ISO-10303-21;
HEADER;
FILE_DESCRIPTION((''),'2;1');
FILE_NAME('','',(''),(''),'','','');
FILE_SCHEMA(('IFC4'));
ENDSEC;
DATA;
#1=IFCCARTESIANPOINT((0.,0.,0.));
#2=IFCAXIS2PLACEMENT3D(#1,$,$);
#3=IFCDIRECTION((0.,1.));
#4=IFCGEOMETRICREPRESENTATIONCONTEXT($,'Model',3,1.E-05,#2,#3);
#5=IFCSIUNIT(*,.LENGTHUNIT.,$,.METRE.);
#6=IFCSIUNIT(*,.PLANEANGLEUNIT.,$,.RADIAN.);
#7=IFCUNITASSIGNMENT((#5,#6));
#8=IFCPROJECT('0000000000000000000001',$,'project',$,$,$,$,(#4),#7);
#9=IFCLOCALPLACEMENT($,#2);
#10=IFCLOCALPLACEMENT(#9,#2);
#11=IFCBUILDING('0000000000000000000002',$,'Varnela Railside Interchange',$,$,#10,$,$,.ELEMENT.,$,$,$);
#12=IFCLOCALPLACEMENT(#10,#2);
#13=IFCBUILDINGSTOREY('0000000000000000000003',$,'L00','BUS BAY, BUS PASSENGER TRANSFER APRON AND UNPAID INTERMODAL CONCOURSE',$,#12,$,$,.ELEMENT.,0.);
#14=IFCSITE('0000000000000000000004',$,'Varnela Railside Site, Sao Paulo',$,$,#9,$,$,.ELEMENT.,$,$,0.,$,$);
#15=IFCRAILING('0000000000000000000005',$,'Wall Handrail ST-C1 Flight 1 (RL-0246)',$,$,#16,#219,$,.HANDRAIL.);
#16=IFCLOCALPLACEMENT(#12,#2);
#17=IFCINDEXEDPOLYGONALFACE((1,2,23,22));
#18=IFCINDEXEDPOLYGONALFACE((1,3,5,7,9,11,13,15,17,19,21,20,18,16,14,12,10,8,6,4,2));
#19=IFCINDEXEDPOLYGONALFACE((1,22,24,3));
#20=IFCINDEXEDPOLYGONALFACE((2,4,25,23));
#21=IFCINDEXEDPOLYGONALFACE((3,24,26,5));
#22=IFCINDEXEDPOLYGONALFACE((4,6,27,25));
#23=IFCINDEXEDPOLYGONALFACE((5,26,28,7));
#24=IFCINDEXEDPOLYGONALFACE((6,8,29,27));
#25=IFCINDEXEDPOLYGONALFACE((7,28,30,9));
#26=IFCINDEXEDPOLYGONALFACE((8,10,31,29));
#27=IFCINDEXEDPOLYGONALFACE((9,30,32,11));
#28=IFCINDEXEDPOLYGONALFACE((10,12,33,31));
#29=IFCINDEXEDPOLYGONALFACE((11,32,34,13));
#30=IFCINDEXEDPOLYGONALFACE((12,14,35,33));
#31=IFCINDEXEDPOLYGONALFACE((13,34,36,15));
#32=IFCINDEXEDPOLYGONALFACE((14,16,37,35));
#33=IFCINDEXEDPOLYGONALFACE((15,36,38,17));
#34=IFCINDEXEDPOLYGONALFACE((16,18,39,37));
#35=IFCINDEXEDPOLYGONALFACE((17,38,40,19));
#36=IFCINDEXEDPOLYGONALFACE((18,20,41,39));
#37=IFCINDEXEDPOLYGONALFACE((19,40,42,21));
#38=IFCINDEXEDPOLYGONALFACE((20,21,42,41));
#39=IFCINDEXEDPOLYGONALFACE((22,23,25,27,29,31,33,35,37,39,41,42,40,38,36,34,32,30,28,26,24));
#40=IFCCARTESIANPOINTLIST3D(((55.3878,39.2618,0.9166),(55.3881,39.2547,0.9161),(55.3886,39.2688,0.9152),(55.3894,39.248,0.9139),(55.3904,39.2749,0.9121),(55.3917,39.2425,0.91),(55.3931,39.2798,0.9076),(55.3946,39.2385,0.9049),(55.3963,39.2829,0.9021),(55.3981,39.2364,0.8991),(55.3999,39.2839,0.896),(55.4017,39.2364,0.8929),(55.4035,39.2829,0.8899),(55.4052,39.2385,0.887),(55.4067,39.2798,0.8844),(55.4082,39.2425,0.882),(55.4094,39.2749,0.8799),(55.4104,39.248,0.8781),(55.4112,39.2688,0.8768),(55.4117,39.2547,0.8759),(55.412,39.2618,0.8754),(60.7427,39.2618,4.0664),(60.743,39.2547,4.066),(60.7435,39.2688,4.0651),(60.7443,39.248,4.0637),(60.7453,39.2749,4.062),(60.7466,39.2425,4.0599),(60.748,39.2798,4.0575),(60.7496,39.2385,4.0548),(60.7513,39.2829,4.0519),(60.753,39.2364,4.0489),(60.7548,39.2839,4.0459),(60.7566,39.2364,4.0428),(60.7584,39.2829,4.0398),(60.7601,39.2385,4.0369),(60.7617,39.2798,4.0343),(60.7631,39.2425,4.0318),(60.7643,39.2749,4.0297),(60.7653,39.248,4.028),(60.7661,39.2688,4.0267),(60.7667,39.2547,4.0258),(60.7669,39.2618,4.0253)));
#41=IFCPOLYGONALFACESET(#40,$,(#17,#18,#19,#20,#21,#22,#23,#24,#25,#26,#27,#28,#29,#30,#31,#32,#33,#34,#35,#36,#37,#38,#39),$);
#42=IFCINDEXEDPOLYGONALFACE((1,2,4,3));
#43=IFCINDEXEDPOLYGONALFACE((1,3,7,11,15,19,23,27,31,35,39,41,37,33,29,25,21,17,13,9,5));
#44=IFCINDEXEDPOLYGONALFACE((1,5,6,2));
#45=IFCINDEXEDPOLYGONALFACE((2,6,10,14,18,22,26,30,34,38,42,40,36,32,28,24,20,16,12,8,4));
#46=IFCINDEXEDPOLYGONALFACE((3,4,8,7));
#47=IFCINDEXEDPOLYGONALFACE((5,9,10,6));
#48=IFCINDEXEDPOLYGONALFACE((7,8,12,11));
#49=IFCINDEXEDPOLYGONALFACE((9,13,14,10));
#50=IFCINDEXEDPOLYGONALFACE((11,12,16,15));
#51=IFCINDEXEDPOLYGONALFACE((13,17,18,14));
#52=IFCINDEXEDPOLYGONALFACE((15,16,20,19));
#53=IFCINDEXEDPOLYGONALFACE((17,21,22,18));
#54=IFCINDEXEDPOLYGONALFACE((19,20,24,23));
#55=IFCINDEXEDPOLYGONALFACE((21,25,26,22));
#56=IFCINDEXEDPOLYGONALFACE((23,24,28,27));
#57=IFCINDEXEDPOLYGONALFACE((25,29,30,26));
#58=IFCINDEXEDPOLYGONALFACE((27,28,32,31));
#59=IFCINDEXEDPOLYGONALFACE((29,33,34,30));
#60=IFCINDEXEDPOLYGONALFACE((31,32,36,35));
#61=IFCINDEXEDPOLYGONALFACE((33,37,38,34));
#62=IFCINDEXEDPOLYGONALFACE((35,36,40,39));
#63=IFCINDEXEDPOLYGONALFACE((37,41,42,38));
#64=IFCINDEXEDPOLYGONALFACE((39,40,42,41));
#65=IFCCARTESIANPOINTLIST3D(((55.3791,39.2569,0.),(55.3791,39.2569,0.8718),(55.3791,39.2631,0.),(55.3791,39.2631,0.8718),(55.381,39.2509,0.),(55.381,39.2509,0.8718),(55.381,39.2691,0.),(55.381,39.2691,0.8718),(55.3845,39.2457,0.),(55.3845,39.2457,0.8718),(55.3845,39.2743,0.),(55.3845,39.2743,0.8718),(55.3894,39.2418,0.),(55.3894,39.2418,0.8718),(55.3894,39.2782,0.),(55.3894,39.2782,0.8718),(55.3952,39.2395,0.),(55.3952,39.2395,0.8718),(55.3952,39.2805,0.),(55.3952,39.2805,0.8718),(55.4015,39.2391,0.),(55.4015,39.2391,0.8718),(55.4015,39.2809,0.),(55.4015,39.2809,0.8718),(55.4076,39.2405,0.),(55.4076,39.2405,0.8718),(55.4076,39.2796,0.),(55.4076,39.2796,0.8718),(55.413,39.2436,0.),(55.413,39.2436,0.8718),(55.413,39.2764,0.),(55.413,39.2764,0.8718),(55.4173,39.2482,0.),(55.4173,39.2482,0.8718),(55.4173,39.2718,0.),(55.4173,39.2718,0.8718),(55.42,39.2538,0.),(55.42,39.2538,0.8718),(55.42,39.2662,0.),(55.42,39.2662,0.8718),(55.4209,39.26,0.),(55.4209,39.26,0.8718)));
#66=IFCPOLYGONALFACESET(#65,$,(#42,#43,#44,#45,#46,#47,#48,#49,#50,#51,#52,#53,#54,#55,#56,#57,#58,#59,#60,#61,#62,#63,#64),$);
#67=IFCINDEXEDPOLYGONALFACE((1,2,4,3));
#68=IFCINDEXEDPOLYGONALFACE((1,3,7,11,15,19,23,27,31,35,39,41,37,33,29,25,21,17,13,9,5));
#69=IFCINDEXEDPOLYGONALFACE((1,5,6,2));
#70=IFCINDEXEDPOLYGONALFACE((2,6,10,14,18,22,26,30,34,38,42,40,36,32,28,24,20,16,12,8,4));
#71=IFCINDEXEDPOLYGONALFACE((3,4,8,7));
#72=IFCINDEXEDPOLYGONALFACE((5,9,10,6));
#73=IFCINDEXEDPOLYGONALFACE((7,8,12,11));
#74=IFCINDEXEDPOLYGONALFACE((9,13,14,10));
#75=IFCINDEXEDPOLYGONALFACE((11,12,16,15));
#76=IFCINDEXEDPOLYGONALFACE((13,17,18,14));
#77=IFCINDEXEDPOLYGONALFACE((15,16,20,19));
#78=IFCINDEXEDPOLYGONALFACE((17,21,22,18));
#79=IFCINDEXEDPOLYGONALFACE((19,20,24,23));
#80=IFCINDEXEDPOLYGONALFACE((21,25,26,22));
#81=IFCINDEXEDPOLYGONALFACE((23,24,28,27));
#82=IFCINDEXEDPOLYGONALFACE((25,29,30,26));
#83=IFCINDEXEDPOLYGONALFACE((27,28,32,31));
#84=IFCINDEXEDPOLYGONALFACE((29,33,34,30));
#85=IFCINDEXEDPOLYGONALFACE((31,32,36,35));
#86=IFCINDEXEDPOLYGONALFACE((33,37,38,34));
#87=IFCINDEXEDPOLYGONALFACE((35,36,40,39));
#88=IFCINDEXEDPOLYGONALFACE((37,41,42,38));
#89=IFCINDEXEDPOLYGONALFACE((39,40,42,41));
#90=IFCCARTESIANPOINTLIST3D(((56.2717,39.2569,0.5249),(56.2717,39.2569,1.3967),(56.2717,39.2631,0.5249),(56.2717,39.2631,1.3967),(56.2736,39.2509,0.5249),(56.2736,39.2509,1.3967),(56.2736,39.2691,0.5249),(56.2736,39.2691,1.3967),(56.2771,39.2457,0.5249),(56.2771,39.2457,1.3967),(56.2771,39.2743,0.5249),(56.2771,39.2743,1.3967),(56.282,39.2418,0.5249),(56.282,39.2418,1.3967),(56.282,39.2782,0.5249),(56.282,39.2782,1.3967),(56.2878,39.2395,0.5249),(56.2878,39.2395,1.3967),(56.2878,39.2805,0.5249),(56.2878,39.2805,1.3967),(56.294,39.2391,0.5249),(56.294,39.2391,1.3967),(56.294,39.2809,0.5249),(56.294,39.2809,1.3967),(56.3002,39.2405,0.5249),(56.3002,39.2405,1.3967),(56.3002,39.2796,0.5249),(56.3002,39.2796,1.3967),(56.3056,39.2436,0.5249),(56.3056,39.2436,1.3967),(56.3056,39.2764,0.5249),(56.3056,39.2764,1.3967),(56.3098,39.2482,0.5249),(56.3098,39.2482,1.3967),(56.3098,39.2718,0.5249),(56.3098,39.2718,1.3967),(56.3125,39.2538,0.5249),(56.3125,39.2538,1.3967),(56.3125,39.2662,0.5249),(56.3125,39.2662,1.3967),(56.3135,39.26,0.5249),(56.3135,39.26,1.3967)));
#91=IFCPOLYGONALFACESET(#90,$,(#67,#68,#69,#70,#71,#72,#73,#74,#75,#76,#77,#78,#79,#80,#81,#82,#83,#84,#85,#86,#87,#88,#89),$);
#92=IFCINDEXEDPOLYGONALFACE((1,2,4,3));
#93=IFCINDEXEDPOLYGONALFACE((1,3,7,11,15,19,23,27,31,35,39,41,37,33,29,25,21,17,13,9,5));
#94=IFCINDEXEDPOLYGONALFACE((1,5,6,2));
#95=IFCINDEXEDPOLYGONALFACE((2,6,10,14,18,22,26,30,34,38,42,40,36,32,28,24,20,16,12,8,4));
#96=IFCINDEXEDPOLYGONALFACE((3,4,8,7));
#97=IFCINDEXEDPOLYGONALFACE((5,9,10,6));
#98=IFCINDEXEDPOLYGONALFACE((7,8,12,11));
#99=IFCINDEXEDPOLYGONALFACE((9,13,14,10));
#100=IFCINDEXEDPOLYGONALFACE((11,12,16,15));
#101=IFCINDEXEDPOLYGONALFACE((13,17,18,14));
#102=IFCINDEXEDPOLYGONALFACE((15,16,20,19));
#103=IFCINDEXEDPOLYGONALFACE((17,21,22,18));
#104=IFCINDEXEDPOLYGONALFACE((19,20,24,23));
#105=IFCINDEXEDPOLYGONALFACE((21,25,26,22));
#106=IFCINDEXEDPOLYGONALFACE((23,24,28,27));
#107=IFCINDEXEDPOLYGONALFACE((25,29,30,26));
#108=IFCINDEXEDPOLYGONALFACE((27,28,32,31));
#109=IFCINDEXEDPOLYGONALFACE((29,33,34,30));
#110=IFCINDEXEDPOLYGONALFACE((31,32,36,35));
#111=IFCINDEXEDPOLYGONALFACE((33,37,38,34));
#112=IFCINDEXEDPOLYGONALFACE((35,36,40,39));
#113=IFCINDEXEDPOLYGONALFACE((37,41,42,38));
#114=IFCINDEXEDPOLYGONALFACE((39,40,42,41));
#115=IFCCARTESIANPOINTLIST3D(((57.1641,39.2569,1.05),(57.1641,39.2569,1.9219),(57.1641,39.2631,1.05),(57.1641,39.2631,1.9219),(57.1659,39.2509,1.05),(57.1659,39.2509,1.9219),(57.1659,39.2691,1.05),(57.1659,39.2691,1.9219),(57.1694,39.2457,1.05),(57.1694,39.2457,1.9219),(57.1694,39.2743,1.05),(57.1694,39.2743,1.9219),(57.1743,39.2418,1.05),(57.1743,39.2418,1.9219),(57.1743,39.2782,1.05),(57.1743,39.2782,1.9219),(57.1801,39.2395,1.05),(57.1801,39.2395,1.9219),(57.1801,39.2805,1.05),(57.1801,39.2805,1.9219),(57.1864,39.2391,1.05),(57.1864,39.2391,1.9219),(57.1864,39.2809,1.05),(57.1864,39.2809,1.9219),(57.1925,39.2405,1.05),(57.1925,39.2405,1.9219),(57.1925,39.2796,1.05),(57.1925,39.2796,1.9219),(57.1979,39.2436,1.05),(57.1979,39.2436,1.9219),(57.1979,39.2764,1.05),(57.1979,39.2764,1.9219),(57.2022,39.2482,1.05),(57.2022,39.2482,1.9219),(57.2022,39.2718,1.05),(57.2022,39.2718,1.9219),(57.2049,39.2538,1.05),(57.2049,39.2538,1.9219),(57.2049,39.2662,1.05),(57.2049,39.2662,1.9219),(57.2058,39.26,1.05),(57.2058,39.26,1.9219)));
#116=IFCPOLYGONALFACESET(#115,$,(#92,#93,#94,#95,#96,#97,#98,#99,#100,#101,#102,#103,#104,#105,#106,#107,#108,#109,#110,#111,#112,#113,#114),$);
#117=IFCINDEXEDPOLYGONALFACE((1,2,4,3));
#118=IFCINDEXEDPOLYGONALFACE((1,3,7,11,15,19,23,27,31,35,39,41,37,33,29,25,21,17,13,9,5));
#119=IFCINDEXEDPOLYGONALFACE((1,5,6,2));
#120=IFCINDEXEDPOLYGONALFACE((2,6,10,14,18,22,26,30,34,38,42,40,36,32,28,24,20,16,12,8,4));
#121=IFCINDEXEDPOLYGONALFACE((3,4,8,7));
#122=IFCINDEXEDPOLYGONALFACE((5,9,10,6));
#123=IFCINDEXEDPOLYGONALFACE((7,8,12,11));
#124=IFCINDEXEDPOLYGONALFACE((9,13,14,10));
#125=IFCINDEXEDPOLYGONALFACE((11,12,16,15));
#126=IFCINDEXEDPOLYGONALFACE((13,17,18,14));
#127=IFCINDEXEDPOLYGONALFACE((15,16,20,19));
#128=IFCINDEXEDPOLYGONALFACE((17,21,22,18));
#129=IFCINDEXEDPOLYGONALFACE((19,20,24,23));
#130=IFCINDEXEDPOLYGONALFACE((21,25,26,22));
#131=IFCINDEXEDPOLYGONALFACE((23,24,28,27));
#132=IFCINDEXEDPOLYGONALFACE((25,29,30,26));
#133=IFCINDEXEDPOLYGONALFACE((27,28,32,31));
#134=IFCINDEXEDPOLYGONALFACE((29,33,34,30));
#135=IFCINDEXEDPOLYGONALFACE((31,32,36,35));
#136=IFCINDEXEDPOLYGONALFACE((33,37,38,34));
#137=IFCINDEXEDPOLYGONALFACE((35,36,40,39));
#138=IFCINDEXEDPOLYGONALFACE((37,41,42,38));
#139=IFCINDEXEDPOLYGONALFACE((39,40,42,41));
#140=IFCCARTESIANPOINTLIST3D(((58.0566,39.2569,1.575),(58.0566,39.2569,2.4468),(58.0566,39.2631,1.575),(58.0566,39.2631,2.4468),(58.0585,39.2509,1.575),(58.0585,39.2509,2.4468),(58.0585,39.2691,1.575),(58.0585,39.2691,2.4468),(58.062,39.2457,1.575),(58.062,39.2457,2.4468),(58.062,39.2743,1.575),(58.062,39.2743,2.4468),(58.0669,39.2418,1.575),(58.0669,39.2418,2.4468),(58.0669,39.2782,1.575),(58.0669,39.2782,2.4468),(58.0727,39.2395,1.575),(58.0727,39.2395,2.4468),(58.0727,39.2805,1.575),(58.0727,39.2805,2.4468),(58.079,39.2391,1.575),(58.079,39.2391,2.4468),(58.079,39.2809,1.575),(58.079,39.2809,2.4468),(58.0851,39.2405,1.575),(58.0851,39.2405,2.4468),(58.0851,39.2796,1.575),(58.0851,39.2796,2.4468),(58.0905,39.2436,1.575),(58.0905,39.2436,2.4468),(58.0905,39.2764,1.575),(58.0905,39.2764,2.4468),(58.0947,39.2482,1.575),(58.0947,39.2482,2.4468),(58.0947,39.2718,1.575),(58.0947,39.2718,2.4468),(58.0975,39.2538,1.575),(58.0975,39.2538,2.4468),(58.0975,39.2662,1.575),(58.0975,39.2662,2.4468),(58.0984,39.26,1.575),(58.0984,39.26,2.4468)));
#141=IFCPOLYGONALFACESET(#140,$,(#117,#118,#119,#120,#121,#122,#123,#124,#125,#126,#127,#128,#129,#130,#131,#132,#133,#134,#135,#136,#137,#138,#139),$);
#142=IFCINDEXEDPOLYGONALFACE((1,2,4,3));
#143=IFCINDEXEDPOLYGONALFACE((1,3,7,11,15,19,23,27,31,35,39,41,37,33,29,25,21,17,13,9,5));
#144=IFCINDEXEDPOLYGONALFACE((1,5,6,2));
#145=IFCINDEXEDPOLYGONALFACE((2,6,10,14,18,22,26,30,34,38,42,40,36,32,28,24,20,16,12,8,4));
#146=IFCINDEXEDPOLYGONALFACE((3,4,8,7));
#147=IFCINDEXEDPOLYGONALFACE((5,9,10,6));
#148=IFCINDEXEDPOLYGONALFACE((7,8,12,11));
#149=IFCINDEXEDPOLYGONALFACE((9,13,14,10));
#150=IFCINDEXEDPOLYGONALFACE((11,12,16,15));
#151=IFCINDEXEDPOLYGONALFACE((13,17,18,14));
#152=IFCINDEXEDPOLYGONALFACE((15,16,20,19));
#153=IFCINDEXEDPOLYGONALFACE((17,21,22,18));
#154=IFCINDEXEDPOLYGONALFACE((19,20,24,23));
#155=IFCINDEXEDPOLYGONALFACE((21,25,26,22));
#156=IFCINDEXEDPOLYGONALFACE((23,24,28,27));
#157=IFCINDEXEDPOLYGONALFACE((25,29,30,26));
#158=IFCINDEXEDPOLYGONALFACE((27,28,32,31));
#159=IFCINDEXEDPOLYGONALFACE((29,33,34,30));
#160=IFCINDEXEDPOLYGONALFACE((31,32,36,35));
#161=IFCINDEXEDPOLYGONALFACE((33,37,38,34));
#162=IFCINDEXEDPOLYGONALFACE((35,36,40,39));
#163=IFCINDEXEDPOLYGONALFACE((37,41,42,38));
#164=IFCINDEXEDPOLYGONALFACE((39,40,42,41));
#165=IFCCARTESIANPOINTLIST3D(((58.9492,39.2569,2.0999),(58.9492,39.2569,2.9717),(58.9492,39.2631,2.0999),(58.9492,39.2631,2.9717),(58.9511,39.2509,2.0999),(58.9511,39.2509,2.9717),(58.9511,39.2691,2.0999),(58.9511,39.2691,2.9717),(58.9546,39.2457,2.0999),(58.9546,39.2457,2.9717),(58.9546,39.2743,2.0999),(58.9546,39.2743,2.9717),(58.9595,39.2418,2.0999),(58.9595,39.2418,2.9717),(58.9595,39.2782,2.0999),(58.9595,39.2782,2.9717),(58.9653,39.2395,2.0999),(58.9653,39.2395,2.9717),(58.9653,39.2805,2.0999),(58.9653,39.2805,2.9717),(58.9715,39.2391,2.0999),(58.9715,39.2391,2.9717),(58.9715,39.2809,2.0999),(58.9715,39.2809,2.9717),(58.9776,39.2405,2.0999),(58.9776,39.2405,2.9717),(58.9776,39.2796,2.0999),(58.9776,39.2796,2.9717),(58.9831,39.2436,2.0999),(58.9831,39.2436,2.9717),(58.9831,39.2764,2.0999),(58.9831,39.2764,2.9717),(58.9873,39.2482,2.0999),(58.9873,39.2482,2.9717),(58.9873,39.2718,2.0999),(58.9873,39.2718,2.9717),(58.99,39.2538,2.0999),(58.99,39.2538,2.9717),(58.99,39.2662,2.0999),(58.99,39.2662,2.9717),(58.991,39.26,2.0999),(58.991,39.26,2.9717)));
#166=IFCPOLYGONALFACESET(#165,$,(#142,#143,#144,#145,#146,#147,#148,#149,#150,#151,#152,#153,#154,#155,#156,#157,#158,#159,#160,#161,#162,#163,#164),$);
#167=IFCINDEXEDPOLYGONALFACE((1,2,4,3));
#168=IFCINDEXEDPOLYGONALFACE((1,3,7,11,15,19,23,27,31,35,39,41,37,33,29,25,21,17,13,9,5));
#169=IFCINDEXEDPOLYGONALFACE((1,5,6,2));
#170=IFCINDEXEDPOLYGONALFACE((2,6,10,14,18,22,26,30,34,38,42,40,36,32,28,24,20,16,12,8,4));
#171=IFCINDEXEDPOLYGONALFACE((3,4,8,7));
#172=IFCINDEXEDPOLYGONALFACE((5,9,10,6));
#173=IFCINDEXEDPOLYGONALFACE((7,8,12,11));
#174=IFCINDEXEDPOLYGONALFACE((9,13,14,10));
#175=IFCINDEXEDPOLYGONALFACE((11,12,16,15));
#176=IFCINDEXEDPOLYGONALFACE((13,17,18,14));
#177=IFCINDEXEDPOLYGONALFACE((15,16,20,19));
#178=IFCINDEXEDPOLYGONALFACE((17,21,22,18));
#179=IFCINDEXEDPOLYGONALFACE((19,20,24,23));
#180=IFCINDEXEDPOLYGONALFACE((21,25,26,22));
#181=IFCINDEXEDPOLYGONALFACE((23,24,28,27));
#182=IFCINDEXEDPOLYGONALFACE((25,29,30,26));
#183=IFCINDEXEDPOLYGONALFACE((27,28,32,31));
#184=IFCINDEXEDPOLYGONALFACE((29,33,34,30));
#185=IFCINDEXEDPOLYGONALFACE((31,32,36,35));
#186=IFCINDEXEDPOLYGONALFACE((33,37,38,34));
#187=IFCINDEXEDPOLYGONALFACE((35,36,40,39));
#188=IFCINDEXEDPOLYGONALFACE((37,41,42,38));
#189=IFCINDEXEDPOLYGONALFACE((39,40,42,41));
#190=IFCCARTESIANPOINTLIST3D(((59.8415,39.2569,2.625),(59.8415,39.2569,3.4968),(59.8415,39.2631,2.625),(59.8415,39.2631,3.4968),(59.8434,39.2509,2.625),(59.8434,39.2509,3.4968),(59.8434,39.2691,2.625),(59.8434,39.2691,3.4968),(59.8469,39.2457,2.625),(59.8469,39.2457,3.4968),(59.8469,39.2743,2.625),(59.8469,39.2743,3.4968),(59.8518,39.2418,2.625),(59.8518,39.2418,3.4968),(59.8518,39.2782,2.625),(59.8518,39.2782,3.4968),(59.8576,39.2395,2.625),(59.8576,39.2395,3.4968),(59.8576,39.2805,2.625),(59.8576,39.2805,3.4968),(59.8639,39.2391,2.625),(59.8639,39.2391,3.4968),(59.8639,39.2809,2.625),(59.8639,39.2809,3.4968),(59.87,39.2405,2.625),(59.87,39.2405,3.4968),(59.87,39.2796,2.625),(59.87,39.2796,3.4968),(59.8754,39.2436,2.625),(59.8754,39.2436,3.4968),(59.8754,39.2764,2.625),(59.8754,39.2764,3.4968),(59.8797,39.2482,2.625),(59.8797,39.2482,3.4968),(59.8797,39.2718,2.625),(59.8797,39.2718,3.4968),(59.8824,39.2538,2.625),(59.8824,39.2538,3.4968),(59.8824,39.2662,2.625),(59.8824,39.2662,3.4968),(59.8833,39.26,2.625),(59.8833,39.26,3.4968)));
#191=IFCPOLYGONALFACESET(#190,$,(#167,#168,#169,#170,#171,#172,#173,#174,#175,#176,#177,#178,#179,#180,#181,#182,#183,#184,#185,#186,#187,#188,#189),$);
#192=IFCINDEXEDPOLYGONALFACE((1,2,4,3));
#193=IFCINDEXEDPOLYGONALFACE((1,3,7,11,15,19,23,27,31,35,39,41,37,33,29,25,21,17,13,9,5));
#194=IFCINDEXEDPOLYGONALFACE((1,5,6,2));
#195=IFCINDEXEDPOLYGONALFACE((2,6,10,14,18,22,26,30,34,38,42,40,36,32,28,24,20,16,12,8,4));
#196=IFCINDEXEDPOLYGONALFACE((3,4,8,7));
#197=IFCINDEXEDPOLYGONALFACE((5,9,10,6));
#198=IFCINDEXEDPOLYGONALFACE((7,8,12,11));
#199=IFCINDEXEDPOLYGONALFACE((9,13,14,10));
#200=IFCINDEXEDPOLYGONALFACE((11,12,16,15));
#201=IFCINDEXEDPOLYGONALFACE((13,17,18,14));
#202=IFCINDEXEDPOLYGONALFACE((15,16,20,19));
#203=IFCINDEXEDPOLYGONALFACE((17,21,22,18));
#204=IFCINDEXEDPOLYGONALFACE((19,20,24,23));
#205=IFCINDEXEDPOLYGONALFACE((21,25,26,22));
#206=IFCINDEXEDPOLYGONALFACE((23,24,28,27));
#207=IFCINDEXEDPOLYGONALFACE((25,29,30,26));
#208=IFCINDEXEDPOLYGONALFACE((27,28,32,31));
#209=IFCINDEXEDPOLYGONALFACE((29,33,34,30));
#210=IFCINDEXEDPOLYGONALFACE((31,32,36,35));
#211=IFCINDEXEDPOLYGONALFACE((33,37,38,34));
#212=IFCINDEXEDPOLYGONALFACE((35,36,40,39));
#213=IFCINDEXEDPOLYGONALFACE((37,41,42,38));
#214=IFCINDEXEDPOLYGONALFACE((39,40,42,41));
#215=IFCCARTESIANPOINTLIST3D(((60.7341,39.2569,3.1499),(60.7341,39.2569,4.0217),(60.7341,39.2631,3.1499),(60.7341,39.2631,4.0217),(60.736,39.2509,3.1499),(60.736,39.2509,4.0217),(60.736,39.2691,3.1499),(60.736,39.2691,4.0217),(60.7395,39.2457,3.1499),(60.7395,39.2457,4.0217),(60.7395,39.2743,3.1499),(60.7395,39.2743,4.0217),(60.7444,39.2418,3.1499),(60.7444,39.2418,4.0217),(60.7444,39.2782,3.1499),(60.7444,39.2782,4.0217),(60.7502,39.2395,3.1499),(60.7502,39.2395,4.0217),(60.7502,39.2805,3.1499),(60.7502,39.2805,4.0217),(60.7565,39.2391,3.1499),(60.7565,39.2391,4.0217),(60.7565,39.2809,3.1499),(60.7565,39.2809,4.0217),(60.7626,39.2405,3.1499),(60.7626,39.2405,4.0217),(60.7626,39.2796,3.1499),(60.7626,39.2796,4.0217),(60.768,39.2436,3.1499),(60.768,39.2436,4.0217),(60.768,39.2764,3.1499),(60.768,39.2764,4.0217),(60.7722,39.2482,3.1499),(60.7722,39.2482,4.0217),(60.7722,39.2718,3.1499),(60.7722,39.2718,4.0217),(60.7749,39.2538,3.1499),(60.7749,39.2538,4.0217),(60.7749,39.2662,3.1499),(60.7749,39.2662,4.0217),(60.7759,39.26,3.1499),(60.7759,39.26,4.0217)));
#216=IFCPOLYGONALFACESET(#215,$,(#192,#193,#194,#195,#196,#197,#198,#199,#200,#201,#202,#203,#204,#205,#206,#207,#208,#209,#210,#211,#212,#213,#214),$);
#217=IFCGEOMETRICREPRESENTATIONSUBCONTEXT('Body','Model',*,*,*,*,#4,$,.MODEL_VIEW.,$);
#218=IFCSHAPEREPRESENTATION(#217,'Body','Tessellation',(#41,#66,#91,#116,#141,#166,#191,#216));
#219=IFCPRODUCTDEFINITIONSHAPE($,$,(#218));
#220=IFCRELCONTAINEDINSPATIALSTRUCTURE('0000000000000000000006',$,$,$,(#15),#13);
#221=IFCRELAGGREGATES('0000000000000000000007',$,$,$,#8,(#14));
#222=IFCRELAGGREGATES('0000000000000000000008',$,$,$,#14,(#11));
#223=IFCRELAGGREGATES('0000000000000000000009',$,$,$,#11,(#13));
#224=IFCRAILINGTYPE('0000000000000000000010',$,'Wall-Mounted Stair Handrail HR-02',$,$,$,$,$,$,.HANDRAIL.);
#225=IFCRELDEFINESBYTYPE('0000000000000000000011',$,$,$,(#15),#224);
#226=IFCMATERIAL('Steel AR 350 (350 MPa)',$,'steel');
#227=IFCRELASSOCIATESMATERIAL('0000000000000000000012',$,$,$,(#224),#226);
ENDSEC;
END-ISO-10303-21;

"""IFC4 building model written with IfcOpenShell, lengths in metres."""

from ifc_helpers import new_model, si_unit, direction, frame, origin, origin_2d, place, context, subcontext, project, spatial, circle, extrude, material, type_object, element, save


model = new_model("IFC4")

# Units and contexts
model_context = context("Model", 3, precision=1e-05, world=origin(), true_north=direction((0.0, 1.0)))
body_context = subcontext(model_context, "Body", "Model", "MODEL_VIEW")
ifc_project = project(units=[si_unit("LENGTHUNIT", "METRE"), si_unit("PLANEANGLEUNIT", "RADIAN")], contexts=[model_context])

# Site, building, storey
site_placement = place(None, origin())
site = spatial("IfcSite", under=ifc_project, at=site_placement, Name="Varnela Railside Site, Sao Paulo", CompositionType="ELEMENT", RefElevation=0.0)
building_placement = place(site_placement, origin())
building = spatial("IfcBuilding", under=site, at=building_placement, Name="Varnela Railside Interchange", CompositionType="ELEMENT")
storey_placement = place(building_placement, origin())
storey = spatial("IfcBuildingStorey", under=building, at=storey_placement, Name="L00", Description="BUS BAY, BUS PASSENGER TRANSFER APRON AND UNPAID INTERMODAL CONCOURSE", CompositionType="ELEMENT", Elevation=0.0)

# Shared definitions
ifc_material_1 = material(Name="Steel AR 350 (350 MPa)", Category="steel")

# Railing
railing_type_1 = type_object("IfcRailingType", Name="Wall-Mounted Stair Handrail HR-02", PredefinedType="HANDRAIL", material=ifc_material_1)
railing_1_placement = place(storey_placement, frame((55.3999, 39.26, 0.0)))
element("IfcRailing", 1, at=railing_1_placement, inside=storey, type_object=railing_type_1, Name="Wall Handrail ST-C1 Flight 1 (RL-0246)", PredefinedType="HANDRAIL", context=body_context, shape_type="SweptSolid", body=[
    extrude(circle(Radius=0.0239, at=origin_2d()), frame((0.0, 0.0, 0.896), z_axis=(0.86194, 0.0, 0.50701), x_axis=(0.0, 1.0, 0.0)), (0.0, 0.0, 1.0), 6.2126),
    extrude(circle(Radius=0.021, at=origin_2d()), origin(), (0.0, 0.0, 1.0), 0.8718),
    extrude(circle(Radius=0.021, at=origin_2d()), frame((0.8926, 0.0, 0.5249)), (0.0, 0.0, 1.0), 0.8718),
    extrude(circle(Radius=0.021, at=origin_2d()), frame((1.7849, 0.0, 1.05)), (0.0, 0.0, 1.0), 0.8718),
    extrude(circle(Radius=0.021, at=origin_2d()), frame((2.6775, 0.0, 1.575)), (0.0, 0.0, 1.0), 0.8718),
    extrude(circle(Radius=0.021, at=origin_2d()), frame((3.5701, 0.0, 2.0999)), (0.0, 0.0, 1.0), 0.8718),
    extrude(circle(Radius=0.021, at=origin_2d()), frame((4.4624, 0.0, 2.625)), (0.0, 0.0, 1.0), 0.8718),
    extrude(circle(Radius=0.021, at=origin_2d()), frame((5.355, 0.0, 3.1499)), (0.0, 0.0, 1.0), 0.8718),
])

save(model, "model.ifc")
